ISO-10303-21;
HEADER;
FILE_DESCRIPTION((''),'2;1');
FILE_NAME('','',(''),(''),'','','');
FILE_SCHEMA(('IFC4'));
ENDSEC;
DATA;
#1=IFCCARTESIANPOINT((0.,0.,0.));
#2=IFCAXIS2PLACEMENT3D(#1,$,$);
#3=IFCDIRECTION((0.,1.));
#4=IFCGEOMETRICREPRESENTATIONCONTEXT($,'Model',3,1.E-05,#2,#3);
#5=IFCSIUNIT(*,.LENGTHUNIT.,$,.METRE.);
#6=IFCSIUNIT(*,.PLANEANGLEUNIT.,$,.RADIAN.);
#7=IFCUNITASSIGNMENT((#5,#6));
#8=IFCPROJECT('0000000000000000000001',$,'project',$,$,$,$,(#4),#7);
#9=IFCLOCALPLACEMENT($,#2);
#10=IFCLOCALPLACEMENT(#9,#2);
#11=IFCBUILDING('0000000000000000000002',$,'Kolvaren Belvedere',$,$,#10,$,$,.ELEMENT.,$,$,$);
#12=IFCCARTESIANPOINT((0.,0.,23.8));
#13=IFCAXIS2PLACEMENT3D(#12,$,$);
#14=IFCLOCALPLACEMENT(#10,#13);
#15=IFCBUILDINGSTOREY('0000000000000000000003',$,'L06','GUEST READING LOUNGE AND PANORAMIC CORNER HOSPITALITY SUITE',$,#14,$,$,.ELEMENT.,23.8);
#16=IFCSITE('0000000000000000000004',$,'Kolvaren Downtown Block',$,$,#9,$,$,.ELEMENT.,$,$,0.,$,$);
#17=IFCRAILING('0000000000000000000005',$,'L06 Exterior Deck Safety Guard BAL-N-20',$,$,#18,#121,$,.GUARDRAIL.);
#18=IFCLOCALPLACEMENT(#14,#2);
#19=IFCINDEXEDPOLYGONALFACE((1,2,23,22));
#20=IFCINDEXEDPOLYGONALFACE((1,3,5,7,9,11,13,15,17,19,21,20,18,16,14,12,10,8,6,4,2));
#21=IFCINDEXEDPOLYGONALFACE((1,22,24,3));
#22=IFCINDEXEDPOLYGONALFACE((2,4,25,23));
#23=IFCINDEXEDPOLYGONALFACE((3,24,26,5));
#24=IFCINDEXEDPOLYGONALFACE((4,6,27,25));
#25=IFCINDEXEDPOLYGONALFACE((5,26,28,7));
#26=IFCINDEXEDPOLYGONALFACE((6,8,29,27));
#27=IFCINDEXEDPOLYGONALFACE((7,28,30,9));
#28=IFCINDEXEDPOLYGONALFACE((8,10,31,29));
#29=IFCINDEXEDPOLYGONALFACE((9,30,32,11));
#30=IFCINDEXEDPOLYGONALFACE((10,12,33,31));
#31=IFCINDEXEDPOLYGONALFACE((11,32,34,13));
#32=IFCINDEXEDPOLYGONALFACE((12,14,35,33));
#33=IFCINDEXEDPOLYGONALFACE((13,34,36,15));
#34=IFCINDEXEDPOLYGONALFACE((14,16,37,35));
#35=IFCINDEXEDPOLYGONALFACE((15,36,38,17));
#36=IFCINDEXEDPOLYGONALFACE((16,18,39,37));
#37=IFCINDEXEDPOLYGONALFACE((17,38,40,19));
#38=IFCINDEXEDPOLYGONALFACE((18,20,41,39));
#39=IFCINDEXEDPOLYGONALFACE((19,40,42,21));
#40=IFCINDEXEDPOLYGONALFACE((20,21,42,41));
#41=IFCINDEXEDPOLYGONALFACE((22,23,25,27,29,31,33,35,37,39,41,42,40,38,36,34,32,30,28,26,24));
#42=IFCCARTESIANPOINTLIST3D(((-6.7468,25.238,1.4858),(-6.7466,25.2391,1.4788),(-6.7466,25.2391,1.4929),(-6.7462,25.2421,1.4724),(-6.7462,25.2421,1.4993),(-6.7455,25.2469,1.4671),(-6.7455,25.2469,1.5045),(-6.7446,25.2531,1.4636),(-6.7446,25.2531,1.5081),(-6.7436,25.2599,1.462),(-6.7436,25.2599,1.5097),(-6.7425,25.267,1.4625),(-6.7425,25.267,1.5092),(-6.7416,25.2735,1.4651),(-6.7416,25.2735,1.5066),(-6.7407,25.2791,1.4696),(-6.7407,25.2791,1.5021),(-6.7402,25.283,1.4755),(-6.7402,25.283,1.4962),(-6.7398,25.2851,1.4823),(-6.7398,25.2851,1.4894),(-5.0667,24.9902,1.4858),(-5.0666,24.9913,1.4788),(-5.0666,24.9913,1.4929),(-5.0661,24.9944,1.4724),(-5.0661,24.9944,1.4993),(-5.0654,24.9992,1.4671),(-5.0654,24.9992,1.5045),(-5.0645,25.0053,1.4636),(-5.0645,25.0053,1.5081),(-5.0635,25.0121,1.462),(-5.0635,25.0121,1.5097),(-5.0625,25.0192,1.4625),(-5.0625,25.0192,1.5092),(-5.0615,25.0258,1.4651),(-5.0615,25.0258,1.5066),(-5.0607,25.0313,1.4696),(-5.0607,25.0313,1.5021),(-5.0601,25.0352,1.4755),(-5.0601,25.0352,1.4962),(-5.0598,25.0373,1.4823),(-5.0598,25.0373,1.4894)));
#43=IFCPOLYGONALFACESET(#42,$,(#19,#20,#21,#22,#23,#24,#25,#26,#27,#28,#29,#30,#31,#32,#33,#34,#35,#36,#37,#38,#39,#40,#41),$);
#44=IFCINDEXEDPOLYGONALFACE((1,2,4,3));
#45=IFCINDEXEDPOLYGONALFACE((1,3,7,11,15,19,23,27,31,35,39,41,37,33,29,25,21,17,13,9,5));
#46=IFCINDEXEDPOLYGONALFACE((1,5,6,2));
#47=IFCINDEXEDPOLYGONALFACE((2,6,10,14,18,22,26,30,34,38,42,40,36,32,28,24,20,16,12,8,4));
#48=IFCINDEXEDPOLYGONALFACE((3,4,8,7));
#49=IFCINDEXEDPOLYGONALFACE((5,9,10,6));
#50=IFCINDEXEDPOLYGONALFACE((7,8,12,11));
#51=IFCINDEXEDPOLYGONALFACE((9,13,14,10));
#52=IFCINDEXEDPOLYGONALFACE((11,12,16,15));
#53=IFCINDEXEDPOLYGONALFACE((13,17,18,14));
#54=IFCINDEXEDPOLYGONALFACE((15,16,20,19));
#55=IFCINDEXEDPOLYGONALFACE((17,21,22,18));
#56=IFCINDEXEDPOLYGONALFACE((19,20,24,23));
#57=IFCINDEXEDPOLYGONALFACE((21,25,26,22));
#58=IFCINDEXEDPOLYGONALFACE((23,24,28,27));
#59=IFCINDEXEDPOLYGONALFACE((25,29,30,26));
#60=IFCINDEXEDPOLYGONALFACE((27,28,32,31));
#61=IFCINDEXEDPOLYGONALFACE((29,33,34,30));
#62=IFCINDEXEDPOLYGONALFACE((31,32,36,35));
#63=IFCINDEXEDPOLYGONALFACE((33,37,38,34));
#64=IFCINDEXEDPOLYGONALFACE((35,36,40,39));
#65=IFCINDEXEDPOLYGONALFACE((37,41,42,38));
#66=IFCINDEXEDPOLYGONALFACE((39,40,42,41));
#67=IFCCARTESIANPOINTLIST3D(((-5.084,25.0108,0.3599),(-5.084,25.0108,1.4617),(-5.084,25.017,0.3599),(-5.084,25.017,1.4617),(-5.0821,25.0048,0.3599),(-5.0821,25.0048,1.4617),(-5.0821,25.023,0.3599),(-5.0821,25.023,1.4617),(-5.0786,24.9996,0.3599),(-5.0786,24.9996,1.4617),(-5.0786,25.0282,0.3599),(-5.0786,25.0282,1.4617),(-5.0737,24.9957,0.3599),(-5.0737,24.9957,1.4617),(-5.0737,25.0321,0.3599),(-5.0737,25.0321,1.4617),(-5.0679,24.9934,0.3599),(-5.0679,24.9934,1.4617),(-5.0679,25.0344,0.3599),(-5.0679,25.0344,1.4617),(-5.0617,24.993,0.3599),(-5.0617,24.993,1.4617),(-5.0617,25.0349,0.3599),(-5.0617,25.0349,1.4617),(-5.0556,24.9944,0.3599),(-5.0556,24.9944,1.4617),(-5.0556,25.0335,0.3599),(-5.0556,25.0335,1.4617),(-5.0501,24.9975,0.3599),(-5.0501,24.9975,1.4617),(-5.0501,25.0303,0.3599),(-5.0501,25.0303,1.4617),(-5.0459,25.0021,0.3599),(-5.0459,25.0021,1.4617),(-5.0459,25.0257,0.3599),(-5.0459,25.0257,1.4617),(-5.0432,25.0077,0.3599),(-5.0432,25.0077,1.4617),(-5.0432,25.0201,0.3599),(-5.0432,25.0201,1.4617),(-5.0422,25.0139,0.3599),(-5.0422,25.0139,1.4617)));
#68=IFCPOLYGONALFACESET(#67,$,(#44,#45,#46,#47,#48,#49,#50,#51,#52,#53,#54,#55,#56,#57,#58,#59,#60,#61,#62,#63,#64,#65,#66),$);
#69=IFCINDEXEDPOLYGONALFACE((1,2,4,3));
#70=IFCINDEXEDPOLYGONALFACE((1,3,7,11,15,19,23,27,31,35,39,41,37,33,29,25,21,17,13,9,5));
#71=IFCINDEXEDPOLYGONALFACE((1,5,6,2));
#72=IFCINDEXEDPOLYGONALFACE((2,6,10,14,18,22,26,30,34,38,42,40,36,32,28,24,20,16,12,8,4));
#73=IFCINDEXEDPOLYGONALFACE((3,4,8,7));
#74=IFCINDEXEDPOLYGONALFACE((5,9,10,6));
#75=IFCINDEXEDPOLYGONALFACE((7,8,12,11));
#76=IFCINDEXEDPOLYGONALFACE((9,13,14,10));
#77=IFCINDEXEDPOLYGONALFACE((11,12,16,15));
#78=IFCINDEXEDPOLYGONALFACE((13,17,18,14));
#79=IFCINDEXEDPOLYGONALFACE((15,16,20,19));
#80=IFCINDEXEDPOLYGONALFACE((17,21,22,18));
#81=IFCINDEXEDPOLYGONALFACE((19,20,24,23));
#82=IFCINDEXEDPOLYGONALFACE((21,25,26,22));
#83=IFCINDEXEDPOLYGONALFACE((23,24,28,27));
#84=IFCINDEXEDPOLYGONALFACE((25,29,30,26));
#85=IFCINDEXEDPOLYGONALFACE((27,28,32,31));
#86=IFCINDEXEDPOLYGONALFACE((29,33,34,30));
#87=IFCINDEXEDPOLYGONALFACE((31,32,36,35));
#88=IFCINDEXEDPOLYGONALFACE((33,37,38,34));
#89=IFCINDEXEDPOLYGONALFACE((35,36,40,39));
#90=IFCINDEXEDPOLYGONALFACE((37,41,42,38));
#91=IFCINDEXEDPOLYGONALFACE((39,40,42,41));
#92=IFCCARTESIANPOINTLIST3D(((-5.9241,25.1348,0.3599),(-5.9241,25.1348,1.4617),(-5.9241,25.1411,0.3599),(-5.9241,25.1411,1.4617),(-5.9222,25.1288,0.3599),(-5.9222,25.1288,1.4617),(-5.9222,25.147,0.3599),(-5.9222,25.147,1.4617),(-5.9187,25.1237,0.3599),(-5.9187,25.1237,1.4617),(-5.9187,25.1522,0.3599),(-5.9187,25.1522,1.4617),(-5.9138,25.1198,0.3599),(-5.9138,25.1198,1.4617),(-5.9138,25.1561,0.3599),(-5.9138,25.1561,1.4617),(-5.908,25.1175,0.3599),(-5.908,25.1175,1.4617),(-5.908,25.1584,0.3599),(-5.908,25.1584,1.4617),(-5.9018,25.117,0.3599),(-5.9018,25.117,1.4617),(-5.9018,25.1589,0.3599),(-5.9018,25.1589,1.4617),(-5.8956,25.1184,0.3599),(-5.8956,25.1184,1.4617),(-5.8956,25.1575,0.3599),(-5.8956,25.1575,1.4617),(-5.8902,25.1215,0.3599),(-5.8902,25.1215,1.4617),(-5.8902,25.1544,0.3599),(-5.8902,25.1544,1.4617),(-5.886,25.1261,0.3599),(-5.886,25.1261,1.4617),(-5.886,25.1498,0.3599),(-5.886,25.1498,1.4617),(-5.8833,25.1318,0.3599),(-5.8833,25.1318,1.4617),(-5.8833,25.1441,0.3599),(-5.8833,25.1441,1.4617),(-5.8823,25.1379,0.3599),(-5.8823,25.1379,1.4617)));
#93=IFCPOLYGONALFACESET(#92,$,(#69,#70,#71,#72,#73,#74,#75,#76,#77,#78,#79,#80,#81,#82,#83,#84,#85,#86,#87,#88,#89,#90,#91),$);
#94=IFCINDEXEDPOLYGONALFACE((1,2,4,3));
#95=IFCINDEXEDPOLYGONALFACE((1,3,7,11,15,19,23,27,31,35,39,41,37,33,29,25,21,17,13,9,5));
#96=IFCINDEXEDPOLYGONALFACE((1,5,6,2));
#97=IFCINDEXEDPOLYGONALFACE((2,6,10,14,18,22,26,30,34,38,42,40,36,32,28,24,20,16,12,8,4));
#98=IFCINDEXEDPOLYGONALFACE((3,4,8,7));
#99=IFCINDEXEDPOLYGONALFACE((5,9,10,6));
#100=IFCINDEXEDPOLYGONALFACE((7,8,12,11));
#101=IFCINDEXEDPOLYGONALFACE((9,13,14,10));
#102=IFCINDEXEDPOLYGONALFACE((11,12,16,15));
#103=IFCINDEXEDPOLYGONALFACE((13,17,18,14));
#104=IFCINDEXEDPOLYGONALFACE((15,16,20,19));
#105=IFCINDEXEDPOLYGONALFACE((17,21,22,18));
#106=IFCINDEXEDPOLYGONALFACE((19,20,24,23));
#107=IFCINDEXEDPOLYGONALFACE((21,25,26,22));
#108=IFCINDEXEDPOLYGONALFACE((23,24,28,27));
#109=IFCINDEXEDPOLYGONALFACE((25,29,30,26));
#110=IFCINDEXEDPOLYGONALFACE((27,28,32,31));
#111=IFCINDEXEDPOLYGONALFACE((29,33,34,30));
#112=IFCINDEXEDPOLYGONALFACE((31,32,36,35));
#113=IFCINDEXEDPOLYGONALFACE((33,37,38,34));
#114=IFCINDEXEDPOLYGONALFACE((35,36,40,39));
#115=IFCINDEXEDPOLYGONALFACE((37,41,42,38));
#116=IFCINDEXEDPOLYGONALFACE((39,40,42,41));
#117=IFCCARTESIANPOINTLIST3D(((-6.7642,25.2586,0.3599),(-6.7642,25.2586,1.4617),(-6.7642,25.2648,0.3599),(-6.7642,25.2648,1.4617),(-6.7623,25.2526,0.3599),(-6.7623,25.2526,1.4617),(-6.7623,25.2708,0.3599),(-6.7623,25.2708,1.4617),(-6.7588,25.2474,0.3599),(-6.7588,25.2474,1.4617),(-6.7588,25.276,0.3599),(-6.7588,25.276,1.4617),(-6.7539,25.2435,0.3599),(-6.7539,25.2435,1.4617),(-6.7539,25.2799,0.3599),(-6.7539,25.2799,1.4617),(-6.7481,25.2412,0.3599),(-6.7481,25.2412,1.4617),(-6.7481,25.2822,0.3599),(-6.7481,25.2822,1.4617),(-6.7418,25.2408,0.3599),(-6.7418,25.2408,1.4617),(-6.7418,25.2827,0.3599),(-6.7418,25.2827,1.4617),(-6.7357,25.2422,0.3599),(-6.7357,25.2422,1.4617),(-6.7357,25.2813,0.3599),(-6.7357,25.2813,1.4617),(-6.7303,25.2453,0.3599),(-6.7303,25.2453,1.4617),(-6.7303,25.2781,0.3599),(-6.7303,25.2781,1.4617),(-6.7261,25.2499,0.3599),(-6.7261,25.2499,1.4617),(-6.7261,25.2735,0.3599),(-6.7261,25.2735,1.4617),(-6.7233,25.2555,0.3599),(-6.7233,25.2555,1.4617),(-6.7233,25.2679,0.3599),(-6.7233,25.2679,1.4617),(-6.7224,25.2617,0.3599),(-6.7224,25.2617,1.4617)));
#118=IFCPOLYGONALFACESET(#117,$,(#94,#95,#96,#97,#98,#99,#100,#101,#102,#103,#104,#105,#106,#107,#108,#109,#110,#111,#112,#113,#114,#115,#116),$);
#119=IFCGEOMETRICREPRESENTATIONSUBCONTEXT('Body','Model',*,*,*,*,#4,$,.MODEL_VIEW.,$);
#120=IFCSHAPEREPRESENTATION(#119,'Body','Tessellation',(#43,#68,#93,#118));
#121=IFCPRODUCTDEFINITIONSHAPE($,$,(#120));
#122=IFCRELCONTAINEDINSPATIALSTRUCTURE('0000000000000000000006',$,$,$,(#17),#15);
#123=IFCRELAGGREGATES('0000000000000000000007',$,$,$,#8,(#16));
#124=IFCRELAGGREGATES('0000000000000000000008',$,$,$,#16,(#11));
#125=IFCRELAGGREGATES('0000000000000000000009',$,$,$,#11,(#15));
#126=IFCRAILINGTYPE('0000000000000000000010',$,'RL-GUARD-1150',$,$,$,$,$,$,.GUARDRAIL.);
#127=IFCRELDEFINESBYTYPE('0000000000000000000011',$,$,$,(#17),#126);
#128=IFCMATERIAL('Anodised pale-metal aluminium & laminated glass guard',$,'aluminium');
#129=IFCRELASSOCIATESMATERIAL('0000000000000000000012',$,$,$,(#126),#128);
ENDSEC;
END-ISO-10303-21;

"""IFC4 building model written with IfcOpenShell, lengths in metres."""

from ifc_helpers import new_model, si_unit, direction, frame, origin, origin_2d, place, context, subcontext, project, spatial, circle, extrude, material, type_object, element, save


model = new_model("IFC4")

# Units and contexts
model_context = context("Model", 3, precision=1e-05, world=origin(), true_north=direction((0.0, 1.0)))
body_context = subcontext(model_context, "Body", "Model", "MODEL_VIEW")
ifc_project = project(units=[si_unit("LENGTHUNIT", "METRE"), si_unit("PLANEANGLEUNIT", "RADIAN")], contexts=[model_context])

# Site, building, storey
site_placement = place(None, origin())
site = spatial("IfcSite", under=ifc_project, at=site_placement, Name="Kolvaren Downtown Block", CompositionType="ELEMENT", RefElevation=0.0)
building_placement = place(site_placement, origin())
building = spatial("IfcBuilding", under=site, at=building_placement, Name="Kolvaren Belvedere", CompositionType="ELEMENT")
storey_placement = place(building_placement, frame((0.0, 0.0, 23.8)))
storey = spatial("IfcBuildingStorey", under=building, at=storey_placement, Name="L06", Description="GUEST READING LOUNGE AND PANORAMIC CORNER HOSPITALITY SUITE", CompositionType="ELEMENT", Elevation=23.8)

# Railing
ifc_material_1 = material(Name="Anodised pale-metal aluminium & laminated glass guard", Category="aluminium")
railing_type = type_object("IfcRailingType", Name="RL-GUARD-1150", PredefinedType="GUARDRAIL", material=ifc_material_1)
railing_1_placement = place(storey_placement, frame((-5.0632, 25.0139, 0.3599)))
element("IfcRailing", 1, at=railing_1_placement, inside=storey, type_object=railing_type, Name="L06 Exterior Deck Safety Guard BAL-N-20", PredefinedType="GUARDRAIL", context=body_context, shape_type="SweptSolid", body=[
    extrude(circle(Radius=0.0239, at=origin_2d()), frame((0.0, 0.0, 1.126), z_axis=(-0.989298, 0.145908, 0.0), x_axis=(-0.145908, -0.989298, 0.0)), (0.0, 0.0, 1.0), 1.6982),
    extrude(circle(Radius=0.021, at=origin_2d()), origin(), (0.0, 0.0, 1.0), 1.1018),
    extrude(circle(Radius=0.021, at=origin_2d()), frame((-0.8401, 0.124, 0.0)), (0.0, 0.0, 1.0), 1.1018),
    extrude(circle(Radius=0.021, at=origin_2d()), frame((-1.6802, 0.2478, 0.0)), (0.0, 0.0, 1.0), 1.1018),
])

save(model, "model.ifc")
